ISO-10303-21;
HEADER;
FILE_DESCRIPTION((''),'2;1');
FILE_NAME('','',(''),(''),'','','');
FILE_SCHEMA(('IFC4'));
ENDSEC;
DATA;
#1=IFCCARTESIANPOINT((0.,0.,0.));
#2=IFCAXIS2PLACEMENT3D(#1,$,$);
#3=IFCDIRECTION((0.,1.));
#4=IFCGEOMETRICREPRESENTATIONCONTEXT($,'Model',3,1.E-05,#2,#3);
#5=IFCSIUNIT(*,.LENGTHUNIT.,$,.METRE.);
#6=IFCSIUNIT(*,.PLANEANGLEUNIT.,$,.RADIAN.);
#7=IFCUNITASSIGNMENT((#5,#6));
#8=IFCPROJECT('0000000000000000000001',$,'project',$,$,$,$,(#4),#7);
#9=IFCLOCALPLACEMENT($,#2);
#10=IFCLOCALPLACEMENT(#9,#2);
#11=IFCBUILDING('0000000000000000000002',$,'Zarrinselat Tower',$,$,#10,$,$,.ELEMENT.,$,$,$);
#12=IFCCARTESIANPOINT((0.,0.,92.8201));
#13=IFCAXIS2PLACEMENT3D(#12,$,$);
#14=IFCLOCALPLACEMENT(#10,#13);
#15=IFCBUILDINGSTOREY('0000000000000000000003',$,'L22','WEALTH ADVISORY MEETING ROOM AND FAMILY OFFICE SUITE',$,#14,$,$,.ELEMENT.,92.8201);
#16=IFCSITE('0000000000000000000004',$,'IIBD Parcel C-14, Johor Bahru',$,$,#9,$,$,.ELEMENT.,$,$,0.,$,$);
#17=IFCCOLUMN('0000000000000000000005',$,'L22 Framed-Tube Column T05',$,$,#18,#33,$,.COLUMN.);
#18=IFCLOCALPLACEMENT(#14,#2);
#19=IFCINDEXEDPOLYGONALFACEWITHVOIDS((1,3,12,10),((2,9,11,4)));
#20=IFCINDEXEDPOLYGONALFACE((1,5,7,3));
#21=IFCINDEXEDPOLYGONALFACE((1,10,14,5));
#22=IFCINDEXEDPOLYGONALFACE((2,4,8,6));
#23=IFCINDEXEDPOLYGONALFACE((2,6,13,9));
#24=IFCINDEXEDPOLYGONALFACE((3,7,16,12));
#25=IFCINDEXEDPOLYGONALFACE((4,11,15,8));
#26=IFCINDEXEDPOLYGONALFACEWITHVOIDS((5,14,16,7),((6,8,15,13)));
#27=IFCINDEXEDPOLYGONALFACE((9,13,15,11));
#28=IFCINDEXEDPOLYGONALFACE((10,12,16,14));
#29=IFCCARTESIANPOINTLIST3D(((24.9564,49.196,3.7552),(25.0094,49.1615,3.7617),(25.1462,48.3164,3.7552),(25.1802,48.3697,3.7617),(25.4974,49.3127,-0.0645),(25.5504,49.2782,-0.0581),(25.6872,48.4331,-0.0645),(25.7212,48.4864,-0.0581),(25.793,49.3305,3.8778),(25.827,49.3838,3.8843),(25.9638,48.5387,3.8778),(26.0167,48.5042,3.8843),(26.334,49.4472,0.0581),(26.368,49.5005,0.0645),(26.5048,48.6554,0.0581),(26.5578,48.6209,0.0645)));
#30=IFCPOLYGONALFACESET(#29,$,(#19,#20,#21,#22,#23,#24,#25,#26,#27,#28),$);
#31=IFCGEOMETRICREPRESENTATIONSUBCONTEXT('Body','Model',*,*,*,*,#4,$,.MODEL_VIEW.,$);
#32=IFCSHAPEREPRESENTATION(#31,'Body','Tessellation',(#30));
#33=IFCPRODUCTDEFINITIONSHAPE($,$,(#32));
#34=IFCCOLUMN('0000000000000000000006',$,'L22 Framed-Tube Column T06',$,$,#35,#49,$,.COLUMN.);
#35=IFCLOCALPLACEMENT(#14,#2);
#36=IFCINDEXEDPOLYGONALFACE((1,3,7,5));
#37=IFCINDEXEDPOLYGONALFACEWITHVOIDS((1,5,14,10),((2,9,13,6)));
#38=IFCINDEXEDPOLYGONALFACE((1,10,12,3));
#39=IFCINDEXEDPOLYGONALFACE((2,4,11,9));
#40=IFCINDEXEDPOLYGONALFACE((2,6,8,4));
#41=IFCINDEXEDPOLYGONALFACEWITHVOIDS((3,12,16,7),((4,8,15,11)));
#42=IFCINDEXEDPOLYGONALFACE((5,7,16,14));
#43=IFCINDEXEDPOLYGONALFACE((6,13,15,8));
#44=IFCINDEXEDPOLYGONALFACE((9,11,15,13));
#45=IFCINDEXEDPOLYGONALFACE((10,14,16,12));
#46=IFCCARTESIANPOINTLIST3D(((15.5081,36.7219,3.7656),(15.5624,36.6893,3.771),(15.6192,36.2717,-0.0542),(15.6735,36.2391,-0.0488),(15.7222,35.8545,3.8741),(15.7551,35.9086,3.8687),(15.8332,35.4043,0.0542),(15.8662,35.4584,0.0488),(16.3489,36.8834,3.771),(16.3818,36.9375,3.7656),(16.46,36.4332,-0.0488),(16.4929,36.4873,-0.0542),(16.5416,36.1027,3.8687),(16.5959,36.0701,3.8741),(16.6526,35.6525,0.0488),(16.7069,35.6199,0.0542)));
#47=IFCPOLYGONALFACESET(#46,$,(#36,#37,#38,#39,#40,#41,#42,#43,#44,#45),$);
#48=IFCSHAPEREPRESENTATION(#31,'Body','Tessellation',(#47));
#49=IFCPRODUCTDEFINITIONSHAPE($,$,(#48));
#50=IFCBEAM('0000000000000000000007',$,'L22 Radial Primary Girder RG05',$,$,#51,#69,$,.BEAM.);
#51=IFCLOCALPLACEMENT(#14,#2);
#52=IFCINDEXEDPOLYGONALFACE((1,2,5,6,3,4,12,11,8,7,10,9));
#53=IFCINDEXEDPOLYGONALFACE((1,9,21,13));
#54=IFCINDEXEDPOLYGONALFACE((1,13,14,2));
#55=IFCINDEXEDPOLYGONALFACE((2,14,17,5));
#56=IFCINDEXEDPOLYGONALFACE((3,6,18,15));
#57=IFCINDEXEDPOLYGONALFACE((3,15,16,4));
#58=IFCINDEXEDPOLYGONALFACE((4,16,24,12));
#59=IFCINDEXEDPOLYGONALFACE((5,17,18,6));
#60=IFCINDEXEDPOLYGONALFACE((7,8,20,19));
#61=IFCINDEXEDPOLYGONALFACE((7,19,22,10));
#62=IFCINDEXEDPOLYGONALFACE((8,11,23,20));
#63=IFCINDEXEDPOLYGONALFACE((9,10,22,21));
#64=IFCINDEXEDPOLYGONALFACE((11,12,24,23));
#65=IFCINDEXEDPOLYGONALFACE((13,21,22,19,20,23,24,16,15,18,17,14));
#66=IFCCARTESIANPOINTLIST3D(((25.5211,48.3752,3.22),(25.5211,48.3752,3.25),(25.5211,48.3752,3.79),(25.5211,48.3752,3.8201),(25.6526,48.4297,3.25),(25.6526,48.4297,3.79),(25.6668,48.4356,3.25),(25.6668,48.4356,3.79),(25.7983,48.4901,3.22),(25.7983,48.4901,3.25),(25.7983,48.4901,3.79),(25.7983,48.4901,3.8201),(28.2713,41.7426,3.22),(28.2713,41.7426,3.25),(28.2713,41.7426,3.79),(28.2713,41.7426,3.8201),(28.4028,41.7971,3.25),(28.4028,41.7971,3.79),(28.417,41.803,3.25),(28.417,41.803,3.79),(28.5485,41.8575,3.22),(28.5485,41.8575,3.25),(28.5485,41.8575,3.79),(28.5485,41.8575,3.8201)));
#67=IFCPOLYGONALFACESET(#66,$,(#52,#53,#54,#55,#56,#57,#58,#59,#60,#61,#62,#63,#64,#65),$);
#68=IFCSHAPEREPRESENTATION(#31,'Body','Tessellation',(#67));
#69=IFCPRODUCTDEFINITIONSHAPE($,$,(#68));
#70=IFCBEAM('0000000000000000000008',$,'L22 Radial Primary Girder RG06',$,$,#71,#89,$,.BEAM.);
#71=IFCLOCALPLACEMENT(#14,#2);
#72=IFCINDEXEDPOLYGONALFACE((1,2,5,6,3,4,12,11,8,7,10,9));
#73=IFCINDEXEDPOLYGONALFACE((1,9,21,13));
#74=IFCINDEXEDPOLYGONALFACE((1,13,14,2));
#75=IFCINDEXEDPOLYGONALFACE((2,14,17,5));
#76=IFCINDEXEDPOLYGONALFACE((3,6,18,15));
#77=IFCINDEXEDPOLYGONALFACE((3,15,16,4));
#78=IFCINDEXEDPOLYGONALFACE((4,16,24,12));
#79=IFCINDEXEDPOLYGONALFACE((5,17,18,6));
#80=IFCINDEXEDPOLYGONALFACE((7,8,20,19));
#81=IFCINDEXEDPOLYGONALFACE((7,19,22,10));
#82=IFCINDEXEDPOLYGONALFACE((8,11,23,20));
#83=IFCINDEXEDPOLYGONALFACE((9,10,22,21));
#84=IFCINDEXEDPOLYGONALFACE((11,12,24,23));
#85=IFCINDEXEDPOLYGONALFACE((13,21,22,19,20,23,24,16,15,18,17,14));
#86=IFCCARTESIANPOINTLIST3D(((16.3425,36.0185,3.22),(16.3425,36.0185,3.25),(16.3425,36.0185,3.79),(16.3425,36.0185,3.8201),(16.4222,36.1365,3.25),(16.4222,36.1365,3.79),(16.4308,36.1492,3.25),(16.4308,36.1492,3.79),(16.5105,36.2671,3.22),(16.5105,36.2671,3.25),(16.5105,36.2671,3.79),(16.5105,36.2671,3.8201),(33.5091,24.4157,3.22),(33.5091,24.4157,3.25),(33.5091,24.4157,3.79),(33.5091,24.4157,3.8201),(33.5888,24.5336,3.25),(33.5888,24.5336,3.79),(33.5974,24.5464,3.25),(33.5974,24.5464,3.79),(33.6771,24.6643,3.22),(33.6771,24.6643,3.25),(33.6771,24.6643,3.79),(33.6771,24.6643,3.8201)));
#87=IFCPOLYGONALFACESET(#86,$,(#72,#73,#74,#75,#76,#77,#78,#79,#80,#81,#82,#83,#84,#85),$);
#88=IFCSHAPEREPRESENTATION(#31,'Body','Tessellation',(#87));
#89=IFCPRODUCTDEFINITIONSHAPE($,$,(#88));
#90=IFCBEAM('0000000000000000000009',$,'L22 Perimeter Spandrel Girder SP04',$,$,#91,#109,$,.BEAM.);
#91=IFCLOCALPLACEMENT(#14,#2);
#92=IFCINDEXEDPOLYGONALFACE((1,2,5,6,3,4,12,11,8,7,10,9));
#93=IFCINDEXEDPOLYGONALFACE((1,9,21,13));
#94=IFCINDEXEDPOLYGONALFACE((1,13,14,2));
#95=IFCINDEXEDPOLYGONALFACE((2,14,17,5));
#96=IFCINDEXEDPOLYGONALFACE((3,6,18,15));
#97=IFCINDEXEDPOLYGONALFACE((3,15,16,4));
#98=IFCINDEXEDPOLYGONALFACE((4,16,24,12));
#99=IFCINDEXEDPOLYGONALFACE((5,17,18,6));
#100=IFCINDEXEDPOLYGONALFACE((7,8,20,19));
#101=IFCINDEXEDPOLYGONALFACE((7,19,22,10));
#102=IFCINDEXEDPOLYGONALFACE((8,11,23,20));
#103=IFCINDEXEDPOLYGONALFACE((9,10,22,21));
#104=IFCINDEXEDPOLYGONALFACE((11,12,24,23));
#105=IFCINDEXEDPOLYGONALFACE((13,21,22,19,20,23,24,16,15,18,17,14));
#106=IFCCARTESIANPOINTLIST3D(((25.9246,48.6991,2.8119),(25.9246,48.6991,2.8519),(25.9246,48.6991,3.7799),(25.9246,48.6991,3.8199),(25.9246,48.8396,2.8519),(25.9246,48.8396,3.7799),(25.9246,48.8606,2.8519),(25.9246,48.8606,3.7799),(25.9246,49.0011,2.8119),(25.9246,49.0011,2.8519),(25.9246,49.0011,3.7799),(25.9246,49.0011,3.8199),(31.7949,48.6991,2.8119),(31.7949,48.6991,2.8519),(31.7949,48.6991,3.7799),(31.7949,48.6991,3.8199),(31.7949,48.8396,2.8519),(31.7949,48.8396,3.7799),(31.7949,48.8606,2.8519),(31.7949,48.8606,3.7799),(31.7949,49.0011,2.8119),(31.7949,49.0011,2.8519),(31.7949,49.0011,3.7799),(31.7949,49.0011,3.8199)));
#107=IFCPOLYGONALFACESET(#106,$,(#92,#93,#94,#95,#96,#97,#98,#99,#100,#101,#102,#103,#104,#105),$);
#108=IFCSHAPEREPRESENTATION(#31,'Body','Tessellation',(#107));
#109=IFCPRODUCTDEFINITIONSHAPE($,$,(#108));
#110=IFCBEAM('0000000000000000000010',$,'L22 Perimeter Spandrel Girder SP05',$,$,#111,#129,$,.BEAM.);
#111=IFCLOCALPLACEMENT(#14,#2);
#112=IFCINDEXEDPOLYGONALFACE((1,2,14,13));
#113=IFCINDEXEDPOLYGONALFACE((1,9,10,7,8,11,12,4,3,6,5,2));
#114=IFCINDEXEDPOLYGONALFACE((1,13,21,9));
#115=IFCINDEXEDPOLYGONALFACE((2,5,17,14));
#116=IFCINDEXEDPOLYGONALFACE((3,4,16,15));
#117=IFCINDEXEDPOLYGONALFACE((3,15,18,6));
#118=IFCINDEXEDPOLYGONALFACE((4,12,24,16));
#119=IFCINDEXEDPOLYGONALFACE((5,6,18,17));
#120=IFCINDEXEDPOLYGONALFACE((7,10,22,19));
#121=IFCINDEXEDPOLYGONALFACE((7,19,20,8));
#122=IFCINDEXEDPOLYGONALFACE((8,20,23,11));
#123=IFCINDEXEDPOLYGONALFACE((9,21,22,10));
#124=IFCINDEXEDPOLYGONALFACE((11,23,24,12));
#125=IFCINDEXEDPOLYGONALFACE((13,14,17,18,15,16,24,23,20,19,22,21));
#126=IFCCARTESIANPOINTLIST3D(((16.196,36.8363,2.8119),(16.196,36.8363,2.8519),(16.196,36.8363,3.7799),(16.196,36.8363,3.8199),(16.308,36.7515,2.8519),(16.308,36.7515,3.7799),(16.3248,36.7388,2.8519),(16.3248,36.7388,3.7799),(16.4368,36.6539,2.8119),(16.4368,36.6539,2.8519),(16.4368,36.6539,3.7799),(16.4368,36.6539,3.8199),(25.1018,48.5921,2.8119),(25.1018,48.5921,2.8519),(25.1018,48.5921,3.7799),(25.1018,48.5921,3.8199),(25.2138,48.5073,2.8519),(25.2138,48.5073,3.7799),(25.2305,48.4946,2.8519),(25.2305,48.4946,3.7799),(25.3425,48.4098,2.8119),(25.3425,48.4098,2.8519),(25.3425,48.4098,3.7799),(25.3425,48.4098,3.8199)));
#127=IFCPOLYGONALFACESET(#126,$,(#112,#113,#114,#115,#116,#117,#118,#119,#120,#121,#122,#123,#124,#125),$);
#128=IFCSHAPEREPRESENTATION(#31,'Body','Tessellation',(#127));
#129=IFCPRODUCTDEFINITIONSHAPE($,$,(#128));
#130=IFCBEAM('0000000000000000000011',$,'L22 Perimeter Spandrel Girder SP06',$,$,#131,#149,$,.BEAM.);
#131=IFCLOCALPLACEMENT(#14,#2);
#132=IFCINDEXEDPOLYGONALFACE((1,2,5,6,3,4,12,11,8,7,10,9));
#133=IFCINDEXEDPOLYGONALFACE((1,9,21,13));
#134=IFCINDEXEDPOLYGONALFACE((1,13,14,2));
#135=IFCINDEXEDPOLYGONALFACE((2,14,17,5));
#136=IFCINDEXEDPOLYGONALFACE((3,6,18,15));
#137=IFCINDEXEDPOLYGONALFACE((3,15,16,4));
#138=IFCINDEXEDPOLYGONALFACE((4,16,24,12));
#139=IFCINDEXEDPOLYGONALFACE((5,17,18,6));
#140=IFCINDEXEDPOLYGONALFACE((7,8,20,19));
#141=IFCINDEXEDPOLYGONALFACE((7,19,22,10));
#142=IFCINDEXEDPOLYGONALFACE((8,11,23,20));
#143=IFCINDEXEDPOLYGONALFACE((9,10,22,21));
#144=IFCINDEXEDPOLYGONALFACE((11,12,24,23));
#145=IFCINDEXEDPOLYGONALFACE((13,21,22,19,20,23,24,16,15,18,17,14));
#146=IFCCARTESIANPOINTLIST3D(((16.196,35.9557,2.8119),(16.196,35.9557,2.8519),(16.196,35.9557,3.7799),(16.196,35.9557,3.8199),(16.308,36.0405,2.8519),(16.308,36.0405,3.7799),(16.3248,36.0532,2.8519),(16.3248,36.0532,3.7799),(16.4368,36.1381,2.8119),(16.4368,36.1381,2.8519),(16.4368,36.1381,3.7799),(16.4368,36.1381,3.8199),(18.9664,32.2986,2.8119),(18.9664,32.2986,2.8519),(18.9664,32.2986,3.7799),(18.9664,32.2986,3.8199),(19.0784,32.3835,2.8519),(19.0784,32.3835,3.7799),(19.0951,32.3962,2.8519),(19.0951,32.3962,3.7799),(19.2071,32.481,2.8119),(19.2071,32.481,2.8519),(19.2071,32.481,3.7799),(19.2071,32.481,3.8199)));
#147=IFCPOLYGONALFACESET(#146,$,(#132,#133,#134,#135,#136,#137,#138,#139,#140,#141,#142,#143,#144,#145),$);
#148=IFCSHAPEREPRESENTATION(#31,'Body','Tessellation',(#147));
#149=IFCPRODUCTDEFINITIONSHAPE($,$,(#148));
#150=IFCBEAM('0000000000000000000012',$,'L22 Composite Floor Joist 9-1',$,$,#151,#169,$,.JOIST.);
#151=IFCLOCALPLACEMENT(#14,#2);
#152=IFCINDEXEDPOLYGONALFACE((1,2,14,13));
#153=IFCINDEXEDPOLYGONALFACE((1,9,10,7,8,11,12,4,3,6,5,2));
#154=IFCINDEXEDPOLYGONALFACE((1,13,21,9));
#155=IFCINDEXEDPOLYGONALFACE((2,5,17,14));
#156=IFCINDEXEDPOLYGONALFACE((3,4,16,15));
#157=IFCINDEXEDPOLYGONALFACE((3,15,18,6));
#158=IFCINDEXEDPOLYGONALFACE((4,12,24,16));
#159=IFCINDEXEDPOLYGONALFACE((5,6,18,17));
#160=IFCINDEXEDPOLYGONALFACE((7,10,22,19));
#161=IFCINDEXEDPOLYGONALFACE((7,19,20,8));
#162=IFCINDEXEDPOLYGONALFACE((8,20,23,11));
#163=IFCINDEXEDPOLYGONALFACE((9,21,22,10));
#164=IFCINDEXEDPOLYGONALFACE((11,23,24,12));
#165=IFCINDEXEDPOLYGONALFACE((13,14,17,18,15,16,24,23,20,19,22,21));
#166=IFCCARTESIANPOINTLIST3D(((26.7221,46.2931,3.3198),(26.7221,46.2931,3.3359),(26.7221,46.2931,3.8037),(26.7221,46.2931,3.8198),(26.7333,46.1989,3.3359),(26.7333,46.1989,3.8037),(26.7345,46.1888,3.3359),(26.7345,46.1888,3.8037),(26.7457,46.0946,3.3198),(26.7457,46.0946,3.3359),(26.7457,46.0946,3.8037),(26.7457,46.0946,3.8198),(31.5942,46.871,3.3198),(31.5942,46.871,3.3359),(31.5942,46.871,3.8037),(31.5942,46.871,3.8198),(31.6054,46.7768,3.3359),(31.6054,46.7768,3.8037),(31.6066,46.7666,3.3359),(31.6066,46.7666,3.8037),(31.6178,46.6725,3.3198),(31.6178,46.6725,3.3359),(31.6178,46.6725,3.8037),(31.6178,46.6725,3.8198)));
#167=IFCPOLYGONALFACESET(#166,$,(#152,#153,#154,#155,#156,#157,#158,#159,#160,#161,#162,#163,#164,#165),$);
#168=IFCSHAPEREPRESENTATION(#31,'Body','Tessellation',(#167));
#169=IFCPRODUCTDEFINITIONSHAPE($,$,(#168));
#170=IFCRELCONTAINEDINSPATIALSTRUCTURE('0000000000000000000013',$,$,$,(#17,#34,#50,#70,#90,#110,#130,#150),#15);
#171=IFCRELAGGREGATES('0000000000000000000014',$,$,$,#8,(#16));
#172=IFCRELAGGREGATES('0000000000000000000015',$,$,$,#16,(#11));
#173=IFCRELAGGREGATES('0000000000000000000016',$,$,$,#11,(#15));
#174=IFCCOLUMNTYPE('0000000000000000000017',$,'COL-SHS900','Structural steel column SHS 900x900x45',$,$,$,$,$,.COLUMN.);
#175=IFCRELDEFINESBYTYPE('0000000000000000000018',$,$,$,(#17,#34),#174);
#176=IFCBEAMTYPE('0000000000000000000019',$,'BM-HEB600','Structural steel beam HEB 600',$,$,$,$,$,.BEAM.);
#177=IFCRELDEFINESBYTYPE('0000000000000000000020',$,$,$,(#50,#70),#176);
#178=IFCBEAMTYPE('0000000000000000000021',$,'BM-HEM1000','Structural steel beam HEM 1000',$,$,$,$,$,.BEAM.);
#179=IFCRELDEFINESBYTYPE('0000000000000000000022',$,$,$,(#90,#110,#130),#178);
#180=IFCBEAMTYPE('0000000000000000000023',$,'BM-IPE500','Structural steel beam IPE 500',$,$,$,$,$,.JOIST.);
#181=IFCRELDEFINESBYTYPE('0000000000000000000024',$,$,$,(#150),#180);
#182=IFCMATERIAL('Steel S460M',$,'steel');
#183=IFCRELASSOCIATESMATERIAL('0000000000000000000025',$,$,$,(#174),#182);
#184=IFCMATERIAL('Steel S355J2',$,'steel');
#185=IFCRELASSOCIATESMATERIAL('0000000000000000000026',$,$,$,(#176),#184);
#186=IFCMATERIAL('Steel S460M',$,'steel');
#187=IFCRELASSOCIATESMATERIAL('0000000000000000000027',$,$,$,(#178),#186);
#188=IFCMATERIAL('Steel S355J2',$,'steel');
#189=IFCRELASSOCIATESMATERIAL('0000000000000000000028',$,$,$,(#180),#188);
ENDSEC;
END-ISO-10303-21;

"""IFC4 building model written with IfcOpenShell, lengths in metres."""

from ifc_helpers import new_model, si_unit, direction, frame, origin, origin_2d, place, context, subcontext, project, spatial, hollow_rectangle, i_section, extrude, material, material_profile, profile_set, type_object, element, save


model = new_model("IFC4")

# Units and contexts
model_context = context("Model", 3, precision=1e-05, world=origin(), true_north=direction((0.0, 1.0)))
body_context = subcontext(model_context, "Body", "Model", "MODEL_VIEW")
ifc_project = project(units=[si_unit("LENGTHUNIT", "METRE"), si_unit("PLANEANGLEUNIT", "RADIAN")], contexts=[model_context])

# Site, building, storey
site_placement = place(None, origin())
site = spatial("IfcSite", under=ifc_project, at=site_placement, Name="IIBD Parcel C-14, Johor Bahru", CompositionType="ELEMENT", RefElevation=0.0)
building_placement = place(site_placement, origin())
building = spatial("IfcBuilding", under=site, at=building_placement, Name="Zarrinselat Tower", CompositionType="ELEMENT")
storey_placement = place(building_placement, frame((0.0, 0.0, 92.8201)))
storey = spatial("IfcBuildingStorey", under=building, at=storey_placement, Name="L22", Description="WEALTH ADVISORY MEETING ROOM AND FAMILY OFFICE SUITE", CompositionType="ELEMENT", Elevation=92.8201)

# Columns
ifc_material_1 = material(Name="Steel S460M", Category="steel")
ifc_material_profile_1 = material_profile(ifc_material_1, hollow_rectangle(XDim=0.8999, YDim=0.8999, WallThickness=0.0449, at=origin_2d()), Name="SHS 900x900x45")
ifc_profile_set_1 = profile_set([ifc_material_profile_1], Name="Steel S460M")
column_type = type_object("IfcColumnType", Name="COL-SHS900", Description="Structural steel column SHS 900x900x45", PredefinedType="COLUMN", material=ifc_profile_set_1)
column_1_placement = place(storey_placement, frame((26.0276, 48.9668, 0.0), z_axis=(-0.14017, -0.030235, 0.989666), x_axis=(0.210854, -0.977517, 0.0)))
element("IfcColumn", 1, at=column_1_placement, inside=storey, type_object=column_type, Name="L22 Framed-Tube Column T05", PredefinedType="COLUMN", context=body_context, shape_type="SweptSolid", body=[
    extrude(hollow_rectangle(XDim=0.8999, YDim=0.8999, WallThickness=0.0449, at=origin_2d()), origin(), (0.0, 0.0, 1.0), 3.8596),
])
column_2_placement = place(storey_placement, frame((16.1631, 35.9458, 0.0), z_axis=(-0.028869, 0.116999, 0.992712), x_axis=(-0.970881, -0.239561, 0.0)))
element("IfcColumn", 2, at=column_2_placement, inside=storey, type_object=column_type, Name="L22 Framed-Tube Column T06", PredefinedType="COLUMN", context=body_context, shape_type="SweptSolid", body=[
    extrude(hollow_rectangle(XDim=0.8999, YDim=0.8999, WallThickness=0.0449, at=origin_2d()), origin(), (0.0, 0.0, 1.0), 3.8479),
])

# Beams
ifc_material_2 = material(Name="Steel S355J2", Category="steel")
ifc_material_profile_2 = material_profile(ifc_material_2, i_section(OverallWidth=0.3, OverallDepth=0.6001, WebThickness=0.0154, FlangeThickness=0.03, at=origin_2d()), Name="HEB 600")
ifc_profile_set_2 = profile_set([ifc_material_profile_2], Name="Steel S355J2")
beam_type_1 = type_object("IfcBeamType", Name="BM-HEB600", Description="Structural steel beam HEB 600", PredefinedType="BEAM", material=ifc_profile_set_2)
beam_1_placement = place(storey_placement, frame((25.6597, 48.4326, 3.52), z_axis=(0.383033, -0.923734, 0.0), x_axis=(0.923734, 0.383033, 0.0)))
element("IfcBeam", 3, at=beam_1_placement, inside=storey, type_object=beam_type_1, Name="L22 Radial Primary Girder RG05", PredefinedType="BEAM", context=body_context, shape_type="SweptSolid", body=[
    extrude(i_section(OverallWidth=0.3, OverallDepth=0.6001, WebThickness=0.0154, FlangeThickness=0.03, at=origin_2d()), origin(), (0.0, 0.0, 1.0), 7.1802),
])
beam_2_placement = place(storey_placement, frame((16.4265, 36.1428, 3.52), z_axis=(0.828504, -0.559983, 0.0), x_axis=(0.559983, 0.828504, 0.0)))
element("IfcBeam", 4, at=beam_2_placement, inside=storey, type_object=beam_type_1, Name="L22 Radial Primary Girder RG06", PredefinedType="BEAM", context=body_context, shape_type="SweptSolid", body=[
    extrude(i_section(OverallWidth=0.3, OverallDepth=0.6001, WebThickness=0.0154, FlangeThickness=0.03, at=origin_2d()), origin(), (0.0, 0.0, 1.0), 20.72),
])
ifc_material_3 = material(Name="Steel S460M", Category="steel")
ifc_material_profile_3 = material_profile(ifc_material_3, i_section(OverallWidth=0.302, OverallDepth=1.0081, WebThickness=0.021, FlangeThickness=0.04, at=origin_2d()), Name="HEM 1000")
ifc_profile_set_3 = profile_set([ifc_material_profile_3], Name="Steel S460M")
beam_type_2 = type_object("IfcBeamType", Name="BM-HEM1000", Description="Structural steel beam HEM 1000", PredefinedType="BEAM", material=ifc_profile_set_3)
beam_3_placement = place(storey_placement, frame((25.9246, 48.8501, 3.3159), z_axis=(1.0, 0.0, 0.0), x_axis=(0.0, 1.0, 0.0)))
element("IfcBeam", 5, at=beam_3_placement, inside=storey, type_object=beam_type_2, Name="L22 Perimeter Spandrel Girder SP04", PredefinedType="BEAM", context=body_context, shape_type="SweptSolid", body=[
    extrude(i_section(OverallWidth=0.302, OverallDepth=1.0081, WebThickness=0.021, FlangeThickness=0.04, at=origin_2d()), origin(), (0.0, 0.0, 1.0), 5.8704),
])
beam_4_placement = place(storey_placement, frame((16.3164, 36.7451, 3.3159), z_axis=(0.603849, 0.797098, 0.0), x_axis=(-0.797098, 0.603849, 0.0)))
element("IfcBeam", 6, at=beam_4_placement, inside=storey, type_object=beam_type_2, Name="L22 Perimeter Spandrel Girder SP05", PredefinedType="BEAM", context=body_context, shape_type="SweptSolid", body=[
    extrude(i_section(OverallWidth=0.302, OverallDepth=1.0081, WebThickness=0.021, FlangeThickness=0.04, at=origin_2d()), origin(), (0.0, 0.0, 1.0), 14.7483),
])
beam_5_placement = place(storey_placement, frame((16.3164, 36.0469, 3.3159), z_axis=(0.603833, -0.797111, 0.0), x_axis=(0.797111, 0.603833, 0.0)))
element("IfcBeam", 7, at=beam_5_placement, inside=storey, type_object=beam_type_2, Name="L22 Perimeter Spandrel Girder SP06", PredefinedType="BEAM", context=body_context, shape_type="SweptSolid", body=[
    extrude(i_section(OverallWidth=0.302, OverallDepth=1.0081, WebThickness=0.021, FlangeThickness=0.04, at=origin_2d()), origin(), (0.0, 0.0, 1.0), 4.5879),
])
ifc_material_4 = material(Name="Steel S355J2", Category="steel")
ifc_material_profile_4 = material_profile(ifc_material_4, i_section(OverallWidth=0.2, OverallDepth=0.5, WebThickness=0.0103, FlangeThickness=0.0161, at=origin_2d()), Name="IPE 500")
ifc_profile_set_4 = profile_set([ifc_material_profile_4], Name="Steel S355J2")
beam_type_3 = type_object("IfcBeamType", Name="BM-IPE500", Description="Structural steel beam IPE 500", PredefinedType="JOIST", material=ifc_profile_set_4)
beam_6_placement = place(storey_placement, frame((26.7339, 46.1938, 3.5698), z_axis=(0.993039, 0.117785, 0.0), x_axis=(-0.117785, 0.993039, 0.0)))
element("IfcBeam", 8, at=beam_6_placement, inside=storey, type_object=beam_type_3, Name="L22 Composite Floor Joist 9-1", PredefinedType="JOIST", context=body_context, shape_type="SweptSolid", body=[
    extrude(i_section(OverallWidth=0.2, OverallDepth=0.5, WebThickness=0.0103, FlangeThickness=0.0161, at=origin_2d()), origin(), (0.0, 0.0, 1.0), 4.9062),
])

save(model, "model.ifc")
